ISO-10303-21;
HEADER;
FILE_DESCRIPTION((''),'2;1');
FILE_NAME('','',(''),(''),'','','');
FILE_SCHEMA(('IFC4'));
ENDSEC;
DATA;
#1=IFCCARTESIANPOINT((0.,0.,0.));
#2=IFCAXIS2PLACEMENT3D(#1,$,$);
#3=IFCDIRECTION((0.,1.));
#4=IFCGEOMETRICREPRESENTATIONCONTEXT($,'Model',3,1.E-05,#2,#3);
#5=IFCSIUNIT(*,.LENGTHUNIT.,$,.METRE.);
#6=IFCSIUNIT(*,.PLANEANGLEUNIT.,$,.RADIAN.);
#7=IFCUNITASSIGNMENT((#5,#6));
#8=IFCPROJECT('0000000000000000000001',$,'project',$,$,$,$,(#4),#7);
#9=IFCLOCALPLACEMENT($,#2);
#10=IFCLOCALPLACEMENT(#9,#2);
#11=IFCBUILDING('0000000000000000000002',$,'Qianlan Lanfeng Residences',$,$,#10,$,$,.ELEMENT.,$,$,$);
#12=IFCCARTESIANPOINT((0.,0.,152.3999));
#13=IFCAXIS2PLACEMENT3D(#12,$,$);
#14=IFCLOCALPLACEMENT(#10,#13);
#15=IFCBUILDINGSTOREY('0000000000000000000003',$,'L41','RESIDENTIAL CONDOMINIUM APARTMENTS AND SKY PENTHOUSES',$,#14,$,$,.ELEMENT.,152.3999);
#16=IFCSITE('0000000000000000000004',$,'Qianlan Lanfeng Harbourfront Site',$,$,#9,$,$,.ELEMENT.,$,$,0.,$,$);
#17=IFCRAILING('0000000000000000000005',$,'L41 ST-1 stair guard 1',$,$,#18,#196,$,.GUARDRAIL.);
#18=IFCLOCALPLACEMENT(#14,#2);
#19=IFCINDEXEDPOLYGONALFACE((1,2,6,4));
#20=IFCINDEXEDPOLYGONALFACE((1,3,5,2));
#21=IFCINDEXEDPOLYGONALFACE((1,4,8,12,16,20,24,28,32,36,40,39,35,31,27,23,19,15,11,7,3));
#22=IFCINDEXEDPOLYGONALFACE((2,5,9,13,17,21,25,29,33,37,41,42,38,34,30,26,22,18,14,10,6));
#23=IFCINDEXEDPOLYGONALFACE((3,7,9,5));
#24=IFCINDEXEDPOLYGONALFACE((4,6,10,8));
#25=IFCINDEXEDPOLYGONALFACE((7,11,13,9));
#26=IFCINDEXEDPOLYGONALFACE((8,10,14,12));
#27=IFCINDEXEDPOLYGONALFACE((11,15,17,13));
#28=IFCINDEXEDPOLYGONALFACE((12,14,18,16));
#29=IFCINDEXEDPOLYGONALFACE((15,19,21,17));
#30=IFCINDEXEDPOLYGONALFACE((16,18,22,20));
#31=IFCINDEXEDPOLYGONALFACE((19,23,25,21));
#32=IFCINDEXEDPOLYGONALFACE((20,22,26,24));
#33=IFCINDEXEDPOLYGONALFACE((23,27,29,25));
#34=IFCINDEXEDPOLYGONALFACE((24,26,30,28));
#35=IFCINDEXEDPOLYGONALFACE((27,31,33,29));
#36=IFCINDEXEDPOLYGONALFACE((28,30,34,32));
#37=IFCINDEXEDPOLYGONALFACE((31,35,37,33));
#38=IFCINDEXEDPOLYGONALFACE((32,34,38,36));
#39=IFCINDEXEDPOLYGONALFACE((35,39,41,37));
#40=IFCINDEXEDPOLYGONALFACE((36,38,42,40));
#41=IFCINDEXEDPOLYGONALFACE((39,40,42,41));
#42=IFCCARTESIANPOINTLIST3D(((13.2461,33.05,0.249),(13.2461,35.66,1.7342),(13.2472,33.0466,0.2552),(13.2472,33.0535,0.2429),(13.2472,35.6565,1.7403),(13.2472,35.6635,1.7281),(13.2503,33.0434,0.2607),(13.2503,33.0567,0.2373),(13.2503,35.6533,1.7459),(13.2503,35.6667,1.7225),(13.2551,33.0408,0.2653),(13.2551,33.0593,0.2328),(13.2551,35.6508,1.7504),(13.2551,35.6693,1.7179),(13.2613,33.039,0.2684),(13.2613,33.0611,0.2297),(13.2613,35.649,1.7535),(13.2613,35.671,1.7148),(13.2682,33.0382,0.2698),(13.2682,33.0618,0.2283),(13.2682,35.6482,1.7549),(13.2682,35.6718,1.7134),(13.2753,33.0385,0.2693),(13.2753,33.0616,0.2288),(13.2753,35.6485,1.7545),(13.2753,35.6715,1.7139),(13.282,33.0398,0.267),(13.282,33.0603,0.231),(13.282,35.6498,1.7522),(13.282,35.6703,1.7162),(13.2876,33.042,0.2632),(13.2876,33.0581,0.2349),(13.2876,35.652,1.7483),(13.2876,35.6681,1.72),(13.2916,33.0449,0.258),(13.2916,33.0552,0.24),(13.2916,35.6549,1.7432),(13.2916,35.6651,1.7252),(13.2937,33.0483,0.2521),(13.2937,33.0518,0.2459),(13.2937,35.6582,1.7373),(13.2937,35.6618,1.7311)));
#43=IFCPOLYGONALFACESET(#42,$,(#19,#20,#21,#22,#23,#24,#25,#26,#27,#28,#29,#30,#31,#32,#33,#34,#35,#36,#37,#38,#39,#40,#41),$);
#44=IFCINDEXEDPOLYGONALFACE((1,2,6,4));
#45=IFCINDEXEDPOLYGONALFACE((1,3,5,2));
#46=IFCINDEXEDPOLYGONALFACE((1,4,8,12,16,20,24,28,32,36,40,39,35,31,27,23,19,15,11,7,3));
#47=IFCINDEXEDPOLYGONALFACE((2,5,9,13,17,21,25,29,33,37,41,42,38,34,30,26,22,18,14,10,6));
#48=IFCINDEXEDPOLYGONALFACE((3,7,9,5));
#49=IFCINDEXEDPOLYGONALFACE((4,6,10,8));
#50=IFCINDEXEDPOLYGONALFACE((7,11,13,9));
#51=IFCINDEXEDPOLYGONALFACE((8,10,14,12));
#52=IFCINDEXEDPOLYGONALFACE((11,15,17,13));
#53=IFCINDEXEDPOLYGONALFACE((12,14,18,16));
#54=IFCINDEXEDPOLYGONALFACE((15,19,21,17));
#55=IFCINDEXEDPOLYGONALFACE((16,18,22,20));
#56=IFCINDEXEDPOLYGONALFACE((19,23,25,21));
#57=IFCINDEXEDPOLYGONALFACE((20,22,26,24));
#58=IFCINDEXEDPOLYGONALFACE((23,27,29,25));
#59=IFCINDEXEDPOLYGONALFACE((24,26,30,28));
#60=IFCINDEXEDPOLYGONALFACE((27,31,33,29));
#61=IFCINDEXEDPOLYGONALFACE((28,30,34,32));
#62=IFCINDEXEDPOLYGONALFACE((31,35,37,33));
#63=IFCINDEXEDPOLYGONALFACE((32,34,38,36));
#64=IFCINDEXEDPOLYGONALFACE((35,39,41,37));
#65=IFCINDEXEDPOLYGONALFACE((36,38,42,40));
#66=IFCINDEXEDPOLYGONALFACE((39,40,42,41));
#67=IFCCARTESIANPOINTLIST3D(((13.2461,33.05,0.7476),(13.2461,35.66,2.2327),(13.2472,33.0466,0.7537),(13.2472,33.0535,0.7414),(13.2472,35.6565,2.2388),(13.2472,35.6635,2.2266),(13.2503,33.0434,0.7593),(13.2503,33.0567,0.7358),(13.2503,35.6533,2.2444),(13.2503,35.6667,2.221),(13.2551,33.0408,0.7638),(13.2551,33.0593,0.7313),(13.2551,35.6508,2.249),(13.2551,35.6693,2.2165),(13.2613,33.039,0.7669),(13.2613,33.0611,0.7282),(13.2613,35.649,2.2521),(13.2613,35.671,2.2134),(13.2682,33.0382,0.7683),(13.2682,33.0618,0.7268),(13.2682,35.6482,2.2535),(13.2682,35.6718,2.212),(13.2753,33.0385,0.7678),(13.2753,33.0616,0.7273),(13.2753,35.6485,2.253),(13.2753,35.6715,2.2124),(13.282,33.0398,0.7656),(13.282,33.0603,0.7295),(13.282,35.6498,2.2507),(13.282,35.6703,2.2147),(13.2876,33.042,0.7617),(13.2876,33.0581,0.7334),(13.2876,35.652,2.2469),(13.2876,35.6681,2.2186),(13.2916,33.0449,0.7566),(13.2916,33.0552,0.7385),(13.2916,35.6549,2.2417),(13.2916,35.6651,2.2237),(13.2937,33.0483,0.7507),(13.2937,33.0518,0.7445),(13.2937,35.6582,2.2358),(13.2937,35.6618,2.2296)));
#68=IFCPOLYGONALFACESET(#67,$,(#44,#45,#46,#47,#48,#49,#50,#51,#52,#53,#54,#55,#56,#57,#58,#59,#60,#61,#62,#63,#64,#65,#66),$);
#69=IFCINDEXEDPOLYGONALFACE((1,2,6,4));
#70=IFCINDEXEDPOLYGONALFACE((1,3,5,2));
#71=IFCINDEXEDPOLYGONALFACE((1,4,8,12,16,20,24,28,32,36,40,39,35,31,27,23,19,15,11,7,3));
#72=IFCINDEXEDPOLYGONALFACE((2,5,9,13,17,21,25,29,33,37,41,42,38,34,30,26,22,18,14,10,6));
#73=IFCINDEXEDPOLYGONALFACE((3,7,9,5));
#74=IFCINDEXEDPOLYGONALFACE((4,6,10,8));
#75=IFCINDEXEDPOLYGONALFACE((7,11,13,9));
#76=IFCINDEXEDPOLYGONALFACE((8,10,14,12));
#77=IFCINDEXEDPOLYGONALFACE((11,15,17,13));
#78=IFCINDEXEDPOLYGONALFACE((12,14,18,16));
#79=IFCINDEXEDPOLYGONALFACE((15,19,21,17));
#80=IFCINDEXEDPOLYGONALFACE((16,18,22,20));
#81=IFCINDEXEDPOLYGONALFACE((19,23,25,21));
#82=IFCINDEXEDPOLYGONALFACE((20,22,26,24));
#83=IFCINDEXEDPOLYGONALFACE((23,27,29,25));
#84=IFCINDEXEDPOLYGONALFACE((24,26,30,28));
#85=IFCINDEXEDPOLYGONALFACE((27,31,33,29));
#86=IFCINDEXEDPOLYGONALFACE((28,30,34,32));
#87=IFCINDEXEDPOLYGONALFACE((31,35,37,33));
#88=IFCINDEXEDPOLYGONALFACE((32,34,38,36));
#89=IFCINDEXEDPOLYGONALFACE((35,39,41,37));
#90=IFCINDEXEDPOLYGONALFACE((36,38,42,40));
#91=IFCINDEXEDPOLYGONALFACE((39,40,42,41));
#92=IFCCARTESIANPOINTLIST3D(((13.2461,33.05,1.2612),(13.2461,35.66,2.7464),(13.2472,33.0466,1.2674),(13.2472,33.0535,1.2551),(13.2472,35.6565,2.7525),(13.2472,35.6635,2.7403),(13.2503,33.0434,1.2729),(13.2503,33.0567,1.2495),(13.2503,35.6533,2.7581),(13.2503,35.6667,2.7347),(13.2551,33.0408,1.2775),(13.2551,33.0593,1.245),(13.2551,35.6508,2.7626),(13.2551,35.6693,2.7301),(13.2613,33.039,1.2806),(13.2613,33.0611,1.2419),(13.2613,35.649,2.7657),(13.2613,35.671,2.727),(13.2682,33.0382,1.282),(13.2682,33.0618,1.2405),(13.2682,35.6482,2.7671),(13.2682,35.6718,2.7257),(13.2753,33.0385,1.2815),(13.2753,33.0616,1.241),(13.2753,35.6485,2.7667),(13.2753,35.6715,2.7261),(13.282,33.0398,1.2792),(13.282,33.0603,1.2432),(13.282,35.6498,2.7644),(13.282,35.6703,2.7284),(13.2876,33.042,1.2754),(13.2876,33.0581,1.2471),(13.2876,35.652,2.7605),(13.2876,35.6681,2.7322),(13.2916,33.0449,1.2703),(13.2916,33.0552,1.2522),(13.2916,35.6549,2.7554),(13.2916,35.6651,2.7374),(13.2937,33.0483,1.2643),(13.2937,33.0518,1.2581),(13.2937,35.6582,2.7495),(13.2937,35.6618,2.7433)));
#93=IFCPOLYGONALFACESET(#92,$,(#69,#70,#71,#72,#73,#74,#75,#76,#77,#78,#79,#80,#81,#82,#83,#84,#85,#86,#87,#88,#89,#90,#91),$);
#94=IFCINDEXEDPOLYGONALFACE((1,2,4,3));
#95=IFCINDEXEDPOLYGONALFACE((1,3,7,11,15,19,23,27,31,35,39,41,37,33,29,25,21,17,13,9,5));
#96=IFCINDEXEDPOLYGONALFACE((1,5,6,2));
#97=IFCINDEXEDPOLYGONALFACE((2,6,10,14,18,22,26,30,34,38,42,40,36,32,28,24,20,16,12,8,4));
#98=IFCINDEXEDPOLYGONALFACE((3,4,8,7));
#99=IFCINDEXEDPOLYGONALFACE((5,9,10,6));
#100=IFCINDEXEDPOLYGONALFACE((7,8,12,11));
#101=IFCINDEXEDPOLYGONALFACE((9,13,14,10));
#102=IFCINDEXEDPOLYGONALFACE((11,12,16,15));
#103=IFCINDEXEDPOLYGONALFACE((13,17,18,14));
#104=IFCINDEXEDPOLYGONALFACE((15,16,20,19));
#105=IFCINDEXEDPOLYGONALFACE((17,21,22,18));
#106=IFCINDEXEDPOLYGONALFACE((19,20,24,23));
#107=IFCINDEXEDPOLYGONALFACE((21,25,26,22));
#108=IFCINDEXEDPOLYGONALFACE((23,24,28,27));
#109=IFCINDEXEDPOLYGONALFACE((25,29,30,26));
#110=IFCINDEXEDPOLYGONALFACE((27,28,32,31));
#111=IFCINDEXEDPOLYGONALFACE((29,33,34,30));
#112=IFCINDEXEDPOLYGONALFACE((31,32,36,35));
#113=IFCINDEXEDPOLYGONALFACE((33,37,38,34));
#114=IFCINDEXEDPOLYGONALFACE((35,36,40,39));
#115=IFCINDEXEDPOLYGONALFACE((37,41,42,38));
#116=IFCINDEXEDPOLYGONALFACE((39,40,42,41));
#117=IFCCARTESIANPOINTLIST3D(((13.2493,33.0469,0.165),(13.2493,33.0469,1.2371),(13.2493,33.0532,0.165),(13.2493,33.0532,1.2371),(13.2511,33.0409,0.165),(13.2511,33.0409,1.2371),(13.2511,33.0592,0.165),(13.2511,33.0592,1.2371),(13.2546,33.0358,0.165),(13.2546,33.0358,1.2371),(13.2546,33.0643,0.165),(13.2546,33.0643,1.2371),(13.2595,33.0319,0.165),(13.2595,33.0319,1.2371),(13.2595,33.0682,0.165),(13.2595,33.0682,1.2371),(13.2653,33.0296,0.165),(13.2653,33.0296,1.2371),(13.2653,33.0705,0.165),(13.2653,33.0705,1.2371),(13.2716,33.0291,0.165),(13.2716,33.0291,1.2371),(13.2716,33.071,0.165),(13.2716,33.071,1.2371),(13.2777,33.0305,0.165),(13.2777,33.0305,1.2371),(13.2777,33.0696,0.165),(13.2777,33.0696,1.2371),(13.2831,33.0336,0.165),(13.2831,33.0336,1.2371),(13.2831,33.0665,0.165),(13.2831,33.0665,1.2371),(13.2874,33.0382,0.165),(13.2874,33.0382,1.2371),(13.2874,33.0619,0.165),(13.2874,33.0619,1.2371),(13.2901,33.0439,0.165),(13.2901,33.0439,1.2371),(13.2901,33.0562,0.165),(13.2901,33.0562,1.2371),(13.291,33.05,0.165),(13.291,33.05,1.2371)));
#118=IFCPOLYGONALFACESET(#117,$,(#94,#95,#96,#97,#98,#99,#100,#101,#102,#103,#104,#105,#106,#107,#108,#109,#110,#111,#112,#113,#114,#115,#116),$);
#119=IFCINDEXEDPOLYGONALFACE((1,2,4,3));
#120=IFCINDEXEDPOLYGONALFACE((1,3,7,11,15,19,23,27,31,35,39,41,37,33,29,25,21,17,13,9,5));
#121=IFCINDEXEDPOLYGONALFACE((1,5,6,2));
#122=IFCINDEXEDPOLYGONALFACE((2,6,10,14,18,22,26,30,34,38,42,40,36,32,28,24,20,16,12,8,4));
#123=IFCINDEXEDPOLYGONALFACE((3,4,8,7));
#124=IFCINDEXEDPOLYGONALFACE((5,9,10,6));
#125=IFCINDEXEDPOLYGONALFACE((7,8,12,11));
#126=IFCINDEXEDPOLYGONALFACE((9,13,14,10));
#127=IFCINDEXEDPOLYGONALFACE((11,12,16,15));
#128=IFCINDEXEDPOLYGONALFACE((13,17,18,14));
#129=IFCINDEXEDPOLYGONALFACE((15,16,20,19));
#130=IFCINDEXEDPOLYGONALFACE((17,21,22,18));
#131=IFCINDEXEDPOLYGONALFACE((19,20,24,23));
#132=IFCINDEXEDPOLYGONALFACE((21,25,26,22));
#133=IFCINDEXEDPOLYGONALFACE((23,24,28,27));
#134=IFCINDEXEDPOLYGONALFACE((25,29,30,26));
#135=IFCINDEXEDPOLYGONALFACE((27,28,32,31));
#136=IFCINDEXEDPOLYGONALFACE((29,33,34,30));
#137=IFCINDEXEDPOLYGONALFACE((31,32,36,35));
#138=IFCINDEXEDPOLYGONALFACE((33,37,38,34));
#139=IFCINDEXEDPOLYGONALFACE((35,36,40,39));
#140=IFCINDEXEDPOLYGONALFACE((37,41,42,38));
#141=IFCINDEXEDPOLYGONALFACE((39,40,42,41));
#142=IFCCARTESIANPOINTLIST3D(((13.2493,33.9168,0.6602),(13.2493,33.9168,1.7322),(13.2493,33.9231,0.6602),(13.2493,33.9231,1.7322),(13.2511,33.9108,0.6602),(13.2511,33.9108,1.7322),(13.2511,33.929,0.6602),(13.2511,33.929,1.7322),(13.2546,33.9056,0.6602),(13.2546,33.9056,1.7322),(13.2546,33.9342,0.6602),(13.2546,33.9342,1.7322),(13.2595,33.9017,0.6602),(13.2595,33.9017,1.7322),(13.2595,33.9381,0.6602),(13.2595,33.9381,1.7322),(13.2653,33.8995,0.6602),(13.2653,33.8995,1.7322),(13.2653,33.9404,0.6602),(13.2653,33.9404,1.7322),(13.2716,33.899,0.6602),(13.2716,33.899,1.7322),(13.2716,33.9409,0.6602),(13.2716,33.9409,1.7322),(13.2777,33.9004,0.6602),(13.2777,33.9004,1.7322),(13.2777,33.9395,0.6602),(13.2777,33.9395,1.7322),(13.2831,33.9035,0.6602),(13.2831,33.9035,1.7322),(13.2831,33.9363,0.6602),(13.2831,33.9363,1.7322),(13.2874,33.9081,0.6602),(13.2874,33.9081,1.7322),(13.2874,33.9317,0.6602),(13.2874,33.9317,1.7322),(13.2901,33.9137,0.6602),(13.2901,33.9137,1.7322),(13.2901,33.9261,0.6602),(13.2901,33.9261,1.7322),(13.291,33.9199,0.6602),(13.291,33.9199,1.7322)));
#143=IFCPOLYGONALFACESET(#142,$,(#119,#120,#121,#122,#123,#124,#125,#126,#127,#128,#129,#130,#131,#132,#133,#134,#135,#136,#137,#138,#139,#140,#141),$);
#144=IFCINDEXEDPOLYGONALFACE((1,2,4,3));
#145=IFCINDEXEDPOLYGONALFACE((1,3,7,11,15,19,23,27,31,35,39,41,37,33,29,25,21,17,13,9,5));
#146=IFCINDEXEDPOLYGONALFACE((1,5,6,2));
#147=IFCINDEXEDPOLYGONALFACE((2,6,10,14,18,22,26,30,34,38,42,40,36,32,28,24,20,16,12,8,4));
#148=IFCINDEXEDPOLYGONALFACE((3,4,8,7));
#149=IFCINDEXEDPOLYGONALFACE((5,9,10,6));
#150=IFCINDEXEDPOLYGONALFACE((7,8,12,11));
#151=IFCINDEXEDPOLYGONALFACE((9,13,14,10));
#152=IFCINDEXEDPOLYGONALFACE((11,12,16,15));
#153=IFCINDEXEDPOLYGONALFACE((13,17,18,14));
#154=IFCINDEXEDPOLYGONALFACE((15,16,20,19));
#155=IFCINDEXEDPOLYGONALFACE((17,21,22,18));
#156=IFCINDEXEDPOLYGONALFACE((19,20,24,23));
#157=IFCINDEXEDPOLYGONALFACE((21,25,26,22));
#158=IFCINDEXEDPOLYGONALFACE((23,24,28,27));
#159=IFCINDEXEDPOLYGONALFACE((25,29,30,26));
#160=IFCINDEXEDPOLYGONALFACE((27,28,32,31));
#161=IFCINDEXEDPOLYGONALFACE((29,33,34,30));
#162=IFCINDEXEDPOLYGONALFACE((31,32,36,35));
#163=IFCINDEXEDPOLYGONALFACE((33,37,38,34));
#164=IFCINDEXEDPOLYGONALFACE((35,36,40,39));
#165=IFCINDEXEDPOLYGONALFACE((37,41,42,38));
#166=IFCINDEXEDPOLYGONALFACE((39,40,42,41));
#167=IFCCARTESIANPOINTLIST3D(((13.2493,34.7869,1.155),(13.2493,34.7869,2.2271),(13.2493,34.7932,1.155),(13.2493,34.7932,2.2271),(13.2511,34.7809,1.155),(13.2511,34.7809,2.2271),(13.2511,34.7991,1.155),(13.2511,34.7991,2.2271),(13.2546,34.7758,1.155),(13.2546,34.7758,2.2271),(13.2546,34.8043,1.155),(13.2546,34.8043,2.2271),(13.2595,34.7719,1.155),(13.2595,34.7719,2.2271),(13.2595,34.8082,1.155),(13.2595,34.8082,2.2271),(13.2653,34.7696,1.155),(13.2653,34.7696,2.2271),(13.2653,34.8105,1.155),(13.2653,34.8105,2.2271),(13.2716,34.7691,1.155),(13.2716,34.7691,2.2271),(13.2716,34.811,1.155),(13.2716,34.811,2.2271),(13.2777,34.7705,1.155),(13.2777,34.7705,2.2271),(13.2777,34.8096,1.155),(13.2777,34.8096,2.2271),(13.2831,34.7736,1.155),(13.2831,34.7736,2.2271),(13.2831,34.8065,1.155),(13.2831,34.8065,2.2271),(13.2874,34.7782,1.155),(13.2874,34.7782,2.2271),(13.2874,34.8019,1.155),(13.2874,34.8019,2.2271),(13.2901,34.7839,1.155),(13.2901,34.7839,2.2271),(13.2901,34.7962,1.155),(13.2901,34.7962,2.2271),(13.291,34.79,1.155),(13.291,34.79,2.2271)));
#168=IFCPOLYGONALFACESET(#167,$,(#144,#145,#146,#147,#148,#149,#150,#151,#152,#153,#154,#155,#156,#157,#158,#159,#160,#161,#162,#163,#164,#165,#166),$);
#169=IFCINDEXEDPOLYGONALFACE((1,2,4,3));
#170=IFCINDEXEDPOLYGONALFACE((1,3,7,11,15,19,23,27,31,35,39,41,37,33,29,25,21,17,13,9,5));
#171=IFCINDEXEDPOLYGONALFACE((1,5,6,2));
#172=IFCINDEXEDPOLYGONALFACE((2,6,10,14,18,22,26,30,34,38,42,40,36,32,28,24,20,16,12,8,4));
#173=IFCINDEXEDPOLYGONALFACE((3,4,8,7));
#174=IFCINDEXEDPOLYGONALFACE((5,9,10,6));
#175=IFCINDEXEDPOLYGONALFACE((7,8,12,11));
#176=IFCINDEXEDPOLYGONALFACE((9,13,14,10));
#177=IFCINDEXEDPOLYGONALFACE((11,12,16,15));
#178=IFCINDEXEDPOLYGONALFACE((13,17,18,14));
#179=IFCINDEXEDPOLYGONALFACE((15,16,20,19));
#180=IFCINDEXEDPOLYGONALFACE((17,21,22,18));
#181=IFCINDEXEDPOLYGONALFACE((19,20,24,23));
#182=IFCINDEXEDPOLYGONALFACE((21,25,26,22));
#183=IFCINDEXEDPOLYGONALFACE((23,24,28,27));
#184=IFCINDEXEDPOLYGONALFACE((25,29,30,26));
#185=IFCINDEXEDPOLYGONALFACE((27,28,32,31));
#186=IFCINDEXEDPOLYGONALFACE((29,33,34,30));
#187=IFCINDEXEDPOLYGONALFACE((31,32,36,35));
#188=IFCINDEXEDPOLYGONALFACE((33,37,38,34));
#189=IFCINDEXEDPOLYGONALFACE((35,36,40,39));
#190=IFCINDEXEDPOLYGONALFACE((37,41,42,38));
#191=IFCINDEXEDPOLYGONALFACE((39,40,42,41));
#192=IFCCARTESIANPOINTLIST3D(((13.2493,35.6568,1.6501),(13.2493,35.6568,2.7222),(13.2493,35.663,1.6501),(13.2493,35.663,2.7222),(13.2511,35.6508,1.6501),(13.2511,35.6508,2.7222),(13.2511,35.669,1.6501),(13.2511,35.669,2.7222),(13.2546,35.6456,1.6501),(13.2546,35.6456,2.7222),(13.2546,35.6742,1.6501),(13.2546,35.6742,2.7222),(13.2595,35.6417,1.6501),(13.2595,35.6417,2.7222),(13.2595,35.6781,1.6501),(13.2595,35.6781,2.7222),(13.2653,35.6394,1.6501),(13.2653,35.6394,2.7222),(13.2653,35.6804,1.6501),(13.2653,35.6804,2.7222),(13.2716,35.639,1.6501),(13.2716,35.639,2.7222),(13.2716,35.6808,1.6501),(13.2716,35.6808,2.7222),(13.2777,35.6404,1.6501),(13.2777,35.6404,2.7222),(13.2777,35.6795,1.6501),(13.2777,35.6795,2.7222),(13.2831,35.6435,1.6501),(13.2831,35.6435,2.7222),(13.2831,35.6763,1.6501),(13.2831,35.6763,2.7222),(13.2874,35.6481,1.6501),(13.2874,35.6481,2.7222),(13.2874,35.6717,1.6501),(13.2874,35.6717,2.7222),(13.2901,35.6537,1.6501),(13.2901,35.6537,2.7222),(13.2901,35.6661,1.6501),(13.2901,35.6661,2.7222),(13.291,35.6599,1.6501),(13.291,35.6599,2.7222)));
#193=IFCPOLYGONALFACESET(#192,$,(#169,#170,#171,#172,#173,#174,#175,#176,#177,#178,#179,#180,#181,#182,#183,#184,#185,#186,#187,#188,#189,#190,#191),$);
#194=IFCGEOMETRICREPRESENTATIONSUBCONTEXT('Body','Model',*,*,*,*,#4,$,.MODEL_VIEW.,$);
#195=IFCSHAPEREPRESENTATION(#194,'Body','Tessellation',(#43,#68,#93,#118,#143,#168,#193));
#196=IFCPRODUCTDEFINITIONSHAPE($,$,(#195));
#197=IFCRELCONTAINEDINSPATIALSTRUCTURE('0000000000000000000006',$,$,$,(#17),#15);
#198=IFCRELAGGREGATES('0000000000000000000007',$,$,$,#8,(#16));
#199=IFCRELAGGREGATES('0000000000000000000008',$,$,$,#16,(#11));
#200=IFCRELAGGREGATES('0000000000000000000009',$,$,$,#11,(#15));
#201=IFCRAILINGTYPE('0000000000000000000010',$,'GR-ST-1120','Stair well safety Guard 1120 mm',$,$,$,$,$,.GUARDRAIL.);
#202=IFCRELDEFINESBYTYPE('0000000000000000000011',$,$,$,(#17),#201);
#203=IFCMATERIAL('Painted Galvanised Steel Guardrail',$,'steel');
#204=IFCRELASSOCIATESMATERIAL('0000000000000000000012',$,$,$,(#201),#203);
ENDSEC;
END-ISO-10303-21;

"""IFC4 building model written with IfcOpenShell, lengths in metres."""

from ifc_helpers import new_model, si_unit, direction, frame, origin, origin_2d, place, context, subcontext, project, spatial, circle, extrude, material, type_object, element, save


model = new_model("IFC4")

# Units and contexts
model_context = context("Model", 3, precision=1e-05, world=origin(), true_north=direction((0.0, 1.0)))
body_context = subcontext(model_context, "Body", "Model", "MODEL_VIEW")
ifc_project = project(units=[si_unit("LENGTHUNIT", "METRE"), si_unit("PLANEANGLEUNIT", "RADIAN")], contexts=[model_context])

# Site, building, storey
site_placement = place(None, origin())
site = spatial("IfcSite", under=ifc_project, at=site_placement, Name="Qianlan Lanfeng Harbourfront Site", CompositionType="ELEMENT", RefElevation=0.0)
building_placement = place(site_placement, origin())
building = spatial("IfcBuilding", under=site, at=building_placement, Name="Qianlan Lanfeng Residences", CompositionType="ELEMENT")
storey_placement = place(building_placement, frame((0.0, 0.0, 152.3999)))
storey = spatial("IfcBuildingStorey", under=building, at=storey_placement, Name="L41", Description="RESIDENTIAL CONDOMINIUM APARTMENTS AND SKY PENTHOUSES", CompositionType="ELEMENT", Elevation=152.3999)

# Railing
ifc_material_1 = material(Name="Painted Galvanised Steel Guardrail", Category="steel")
railing_type_1 = type_object("IfcRailingType", Name="GR-ST-1120", Description="Stair well safety Guard 1120 mm", PredefinedType="GUARDRAIL", material=ifc_material_1)
railing_1_placement = place(storey_placement, frame((13.27, 33.05, 0.165)))
element("IfcRailing", 1, at=railing_1_placement, inside=storey, type_object=railing_type_1, Name="L41 ST-1 stair guard 1", PredefinedType="GUARDRAIL", context=body_context, shape_type="SweptSolid", body=[
    extrude(circle(Radius=0.0239, at=origin_2d()), frame((0.0, 0.0, 0.084), z_axis=(0.0, 0.869137, 0.494571), x_axis=(-1.0, 0.0, 0.0)), (0.0, 0.0, 1.0), 3.0029),
    extrude(circle(Radius=0.0239, at=origin_2d()), frame((0.0, 0.0, 0.5825), z_axis=(0.0, 0.869137, 0.494571), x_axis=(-1.0, 0.0, 0.0)), (0.0, 0.0, 1.0), 3.0029),
    extrude(circle(Radius=0.0239, at=origin_2d()), frame((0.0, 0.0, 1.0962), z_axis=(0.0, 0.869137, 0.494571), x_axis=(-1.0, 0.0, 0.0)), (0.0, 0.0, 1.0), 3.0029),
    extrude(circle(Radius=0.021, at=origin_2d()), origin(), (0.0, 0.0, 1.0), 1.072),
    extrude(circle(Radius=0.021, at=origin_2d()), frame((0.0, 0.8699, 0.4951)), (0.0, 0.0, 1.0), 1.072),
    extrude(circle(Radius=0.021, at=origin_2d()), frame((0.0, 1.74, 0.99)), (0.0, 0.0, 1.0), 1.072),
    extrude(circle(Radius=0.021, at=origin_2d()), frame((0.0, 2.6099, 1.4851)), (0.0, 0.0, 1.0), 1.072),
])

save(model, "model.ifc")
